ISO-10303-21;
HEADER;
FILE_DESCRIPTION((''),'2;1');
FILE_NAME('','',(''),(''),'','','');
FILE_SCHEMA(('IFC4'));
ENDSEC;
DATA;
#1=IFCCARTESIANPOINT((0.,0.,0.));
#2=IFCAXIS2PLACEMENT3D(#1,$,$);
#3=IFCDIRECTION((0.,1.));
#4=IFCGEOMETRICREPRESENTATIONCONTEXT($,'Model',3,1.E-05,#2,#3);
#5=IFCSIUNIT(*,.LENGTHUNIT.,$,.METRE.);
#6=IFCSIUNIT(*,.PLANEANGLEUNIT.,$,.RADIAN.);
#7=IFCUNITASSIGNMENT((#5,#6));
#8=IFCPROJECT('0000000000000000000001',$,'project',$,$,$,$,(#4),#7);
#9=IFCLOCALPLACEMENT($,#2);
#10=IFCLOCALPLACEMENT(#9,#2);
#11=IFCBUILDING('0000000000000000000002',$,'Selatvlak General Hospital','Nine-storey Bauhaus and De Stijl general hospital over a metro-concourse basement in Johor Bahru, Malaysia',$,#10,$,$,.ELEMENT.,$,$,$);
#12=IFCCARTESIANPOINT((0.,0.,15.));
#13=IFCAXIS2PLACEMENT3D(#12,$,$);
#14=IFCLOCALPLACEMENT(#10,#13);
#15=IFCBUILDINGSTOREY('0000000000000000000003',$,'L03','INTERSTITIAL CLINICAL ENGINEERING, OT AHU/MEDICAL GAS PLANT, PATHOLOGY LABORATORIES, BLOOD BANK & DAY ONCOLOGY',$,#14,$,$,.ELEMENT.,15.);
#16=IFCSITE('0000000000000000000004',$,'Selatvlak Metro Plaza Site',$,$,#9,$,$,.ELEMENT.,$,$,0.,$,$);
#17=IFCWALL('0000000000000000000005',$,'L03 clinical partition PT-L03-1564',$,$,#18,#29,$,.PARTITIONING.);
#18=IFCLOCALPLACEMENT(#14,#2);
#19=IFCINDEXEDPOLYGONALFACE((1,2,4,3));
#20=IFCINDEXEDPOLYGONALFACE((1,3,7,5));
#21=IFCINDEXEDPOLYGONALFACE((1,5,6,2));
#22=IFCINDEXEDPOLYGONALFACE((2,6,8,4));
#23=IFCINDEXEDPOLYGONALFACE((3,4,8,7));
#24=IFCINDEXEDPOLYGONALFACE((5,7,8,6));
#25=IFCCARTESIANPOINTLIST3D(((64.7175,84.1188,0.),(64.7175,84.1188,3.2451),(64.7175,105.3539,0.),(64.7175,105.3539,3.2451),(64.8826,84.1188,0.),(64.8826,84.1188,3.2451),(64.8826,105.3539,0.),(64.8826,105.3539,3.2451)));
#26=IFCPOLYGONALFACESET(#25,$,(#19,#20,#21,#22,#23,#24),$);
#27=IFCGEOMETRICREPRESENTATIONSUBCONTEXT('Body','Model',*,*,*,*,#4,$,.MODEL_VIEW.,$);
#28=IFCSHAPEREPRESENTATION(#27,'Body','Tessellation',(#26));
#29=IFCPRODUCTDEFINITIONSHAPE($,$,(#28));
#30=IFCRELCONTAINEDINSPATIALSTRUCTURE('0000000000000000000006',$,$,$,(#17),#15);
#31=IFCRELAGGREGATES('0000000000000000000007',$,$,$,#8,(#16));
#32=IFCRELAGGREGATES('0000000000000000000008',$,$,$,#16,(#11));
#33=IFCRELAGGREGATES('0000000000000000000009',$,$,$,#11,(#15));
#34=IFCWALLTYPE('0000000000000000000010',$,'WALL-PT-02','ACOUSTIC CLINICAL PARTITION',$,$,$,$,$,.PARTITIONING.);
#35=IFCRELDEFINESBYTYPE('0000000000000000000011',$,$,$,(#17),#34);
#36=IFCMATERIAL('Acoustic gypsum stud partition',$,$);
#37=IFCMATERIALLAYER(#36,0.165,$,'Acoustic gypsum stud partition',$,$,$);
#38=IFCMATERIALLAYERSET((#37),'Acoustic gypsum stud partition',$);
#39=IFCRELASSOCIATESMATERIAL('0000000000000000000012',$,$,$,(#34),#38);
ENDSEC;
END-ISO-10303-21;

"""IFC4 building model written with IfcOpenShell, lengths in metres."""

from ifc_helpers import new_model, si_unit, direction, frame, frame_2d, origin, place, context, subcontext, project, spatial, rectangle, extrude, material, layer, layer_set, type_object, element, save


model = new_model("IFC4")

# Units and contexts
model_context = context("Model", 3, precision=1e-05, world=origin(), true_north=direction((0.0, 1.0)))
body_context = subcontext(model_context, "Body", "Model", "MODEL_VIEW")
ifc_project = project(units=[si_unit("LENGTHUNIT", "METRE"), si_unit("PLANEANGLEUNIT", "RADIAN")], contexts=[model_context])

# Site, building, storey
site_placement = place(None, origin())
site = spatial("IfcSite", under=ifc_project, at=site_placement, Name="Selatvlak Metro Plaza Site", CompositionType="ELEMENT", RefElevation=0.0)
building_placement = place(site_placement, origin())
building = spatial("IfcBuilding", under=site, at=building_placement, Name="Selatvlak General Hospital", Description="Nine-storey Bauhaus and De Stijl general hospital over a metro-concourse basement in Johor Bahru, Malaysia", CompositionType="ELEMENT")
storey_placement = place(building_placement, frame((0.0, 0.0, 15.0)))
storey = spatial("IfcBuildingStorey", under=building, at=storey_placement, Name="L03", Description="INTERSTITIAL CLINICAL ENGINEERING, OT AHU/MEDICAL GAS PLANT, PATHOLOGY LABORATORIES, BLOOD BANK & DAY ONCOLOGY", CompositionType="ELEMENT", Elevation=15.0)

# Shared definitions
ifc_material_1 = material(Name="Acoustic gypsum stud partition")

# Shared definitions
ifc_layer_1 = layer(ifc_material_1, 0.165, Name="Acoustic gypsum stud partition")
ifc_layer_set_1 = layer_set([ifc_layer_1], Name="Acoustic gypsum stud partition")
wall_type_1 = type_object("IfcWallType", Name="WALL-PT-02", Description="ACOUSTIC CLINICAL PARTITION", PredefinedType="PARTITIONING", material=ifc_layer_set_1)

# Wall
wall_1_placement = place(storey_placement, frame((64.8, 105.354, 0.0), z_axis=(0.0, 0.0, 1.0), x_axis=(0.0, -1.0, 0.0)))
element("IfcWall", 1, at=wall_1_placement, inside=storey, type_object=wall_type_1, Name="L03 clinical partition PT-L03-1564", PredefinedType="PARTITIONING", context=body_context, shape_type="SweptSolid", body=[
    extrude(rectangle(XDim=21.2351, YDim=0.165, at=frame_2d((10.6177, 0.0))), origin(), (0.0, 0.0, 1.0), 3.2451),
])

save(model, "model.ifc")
